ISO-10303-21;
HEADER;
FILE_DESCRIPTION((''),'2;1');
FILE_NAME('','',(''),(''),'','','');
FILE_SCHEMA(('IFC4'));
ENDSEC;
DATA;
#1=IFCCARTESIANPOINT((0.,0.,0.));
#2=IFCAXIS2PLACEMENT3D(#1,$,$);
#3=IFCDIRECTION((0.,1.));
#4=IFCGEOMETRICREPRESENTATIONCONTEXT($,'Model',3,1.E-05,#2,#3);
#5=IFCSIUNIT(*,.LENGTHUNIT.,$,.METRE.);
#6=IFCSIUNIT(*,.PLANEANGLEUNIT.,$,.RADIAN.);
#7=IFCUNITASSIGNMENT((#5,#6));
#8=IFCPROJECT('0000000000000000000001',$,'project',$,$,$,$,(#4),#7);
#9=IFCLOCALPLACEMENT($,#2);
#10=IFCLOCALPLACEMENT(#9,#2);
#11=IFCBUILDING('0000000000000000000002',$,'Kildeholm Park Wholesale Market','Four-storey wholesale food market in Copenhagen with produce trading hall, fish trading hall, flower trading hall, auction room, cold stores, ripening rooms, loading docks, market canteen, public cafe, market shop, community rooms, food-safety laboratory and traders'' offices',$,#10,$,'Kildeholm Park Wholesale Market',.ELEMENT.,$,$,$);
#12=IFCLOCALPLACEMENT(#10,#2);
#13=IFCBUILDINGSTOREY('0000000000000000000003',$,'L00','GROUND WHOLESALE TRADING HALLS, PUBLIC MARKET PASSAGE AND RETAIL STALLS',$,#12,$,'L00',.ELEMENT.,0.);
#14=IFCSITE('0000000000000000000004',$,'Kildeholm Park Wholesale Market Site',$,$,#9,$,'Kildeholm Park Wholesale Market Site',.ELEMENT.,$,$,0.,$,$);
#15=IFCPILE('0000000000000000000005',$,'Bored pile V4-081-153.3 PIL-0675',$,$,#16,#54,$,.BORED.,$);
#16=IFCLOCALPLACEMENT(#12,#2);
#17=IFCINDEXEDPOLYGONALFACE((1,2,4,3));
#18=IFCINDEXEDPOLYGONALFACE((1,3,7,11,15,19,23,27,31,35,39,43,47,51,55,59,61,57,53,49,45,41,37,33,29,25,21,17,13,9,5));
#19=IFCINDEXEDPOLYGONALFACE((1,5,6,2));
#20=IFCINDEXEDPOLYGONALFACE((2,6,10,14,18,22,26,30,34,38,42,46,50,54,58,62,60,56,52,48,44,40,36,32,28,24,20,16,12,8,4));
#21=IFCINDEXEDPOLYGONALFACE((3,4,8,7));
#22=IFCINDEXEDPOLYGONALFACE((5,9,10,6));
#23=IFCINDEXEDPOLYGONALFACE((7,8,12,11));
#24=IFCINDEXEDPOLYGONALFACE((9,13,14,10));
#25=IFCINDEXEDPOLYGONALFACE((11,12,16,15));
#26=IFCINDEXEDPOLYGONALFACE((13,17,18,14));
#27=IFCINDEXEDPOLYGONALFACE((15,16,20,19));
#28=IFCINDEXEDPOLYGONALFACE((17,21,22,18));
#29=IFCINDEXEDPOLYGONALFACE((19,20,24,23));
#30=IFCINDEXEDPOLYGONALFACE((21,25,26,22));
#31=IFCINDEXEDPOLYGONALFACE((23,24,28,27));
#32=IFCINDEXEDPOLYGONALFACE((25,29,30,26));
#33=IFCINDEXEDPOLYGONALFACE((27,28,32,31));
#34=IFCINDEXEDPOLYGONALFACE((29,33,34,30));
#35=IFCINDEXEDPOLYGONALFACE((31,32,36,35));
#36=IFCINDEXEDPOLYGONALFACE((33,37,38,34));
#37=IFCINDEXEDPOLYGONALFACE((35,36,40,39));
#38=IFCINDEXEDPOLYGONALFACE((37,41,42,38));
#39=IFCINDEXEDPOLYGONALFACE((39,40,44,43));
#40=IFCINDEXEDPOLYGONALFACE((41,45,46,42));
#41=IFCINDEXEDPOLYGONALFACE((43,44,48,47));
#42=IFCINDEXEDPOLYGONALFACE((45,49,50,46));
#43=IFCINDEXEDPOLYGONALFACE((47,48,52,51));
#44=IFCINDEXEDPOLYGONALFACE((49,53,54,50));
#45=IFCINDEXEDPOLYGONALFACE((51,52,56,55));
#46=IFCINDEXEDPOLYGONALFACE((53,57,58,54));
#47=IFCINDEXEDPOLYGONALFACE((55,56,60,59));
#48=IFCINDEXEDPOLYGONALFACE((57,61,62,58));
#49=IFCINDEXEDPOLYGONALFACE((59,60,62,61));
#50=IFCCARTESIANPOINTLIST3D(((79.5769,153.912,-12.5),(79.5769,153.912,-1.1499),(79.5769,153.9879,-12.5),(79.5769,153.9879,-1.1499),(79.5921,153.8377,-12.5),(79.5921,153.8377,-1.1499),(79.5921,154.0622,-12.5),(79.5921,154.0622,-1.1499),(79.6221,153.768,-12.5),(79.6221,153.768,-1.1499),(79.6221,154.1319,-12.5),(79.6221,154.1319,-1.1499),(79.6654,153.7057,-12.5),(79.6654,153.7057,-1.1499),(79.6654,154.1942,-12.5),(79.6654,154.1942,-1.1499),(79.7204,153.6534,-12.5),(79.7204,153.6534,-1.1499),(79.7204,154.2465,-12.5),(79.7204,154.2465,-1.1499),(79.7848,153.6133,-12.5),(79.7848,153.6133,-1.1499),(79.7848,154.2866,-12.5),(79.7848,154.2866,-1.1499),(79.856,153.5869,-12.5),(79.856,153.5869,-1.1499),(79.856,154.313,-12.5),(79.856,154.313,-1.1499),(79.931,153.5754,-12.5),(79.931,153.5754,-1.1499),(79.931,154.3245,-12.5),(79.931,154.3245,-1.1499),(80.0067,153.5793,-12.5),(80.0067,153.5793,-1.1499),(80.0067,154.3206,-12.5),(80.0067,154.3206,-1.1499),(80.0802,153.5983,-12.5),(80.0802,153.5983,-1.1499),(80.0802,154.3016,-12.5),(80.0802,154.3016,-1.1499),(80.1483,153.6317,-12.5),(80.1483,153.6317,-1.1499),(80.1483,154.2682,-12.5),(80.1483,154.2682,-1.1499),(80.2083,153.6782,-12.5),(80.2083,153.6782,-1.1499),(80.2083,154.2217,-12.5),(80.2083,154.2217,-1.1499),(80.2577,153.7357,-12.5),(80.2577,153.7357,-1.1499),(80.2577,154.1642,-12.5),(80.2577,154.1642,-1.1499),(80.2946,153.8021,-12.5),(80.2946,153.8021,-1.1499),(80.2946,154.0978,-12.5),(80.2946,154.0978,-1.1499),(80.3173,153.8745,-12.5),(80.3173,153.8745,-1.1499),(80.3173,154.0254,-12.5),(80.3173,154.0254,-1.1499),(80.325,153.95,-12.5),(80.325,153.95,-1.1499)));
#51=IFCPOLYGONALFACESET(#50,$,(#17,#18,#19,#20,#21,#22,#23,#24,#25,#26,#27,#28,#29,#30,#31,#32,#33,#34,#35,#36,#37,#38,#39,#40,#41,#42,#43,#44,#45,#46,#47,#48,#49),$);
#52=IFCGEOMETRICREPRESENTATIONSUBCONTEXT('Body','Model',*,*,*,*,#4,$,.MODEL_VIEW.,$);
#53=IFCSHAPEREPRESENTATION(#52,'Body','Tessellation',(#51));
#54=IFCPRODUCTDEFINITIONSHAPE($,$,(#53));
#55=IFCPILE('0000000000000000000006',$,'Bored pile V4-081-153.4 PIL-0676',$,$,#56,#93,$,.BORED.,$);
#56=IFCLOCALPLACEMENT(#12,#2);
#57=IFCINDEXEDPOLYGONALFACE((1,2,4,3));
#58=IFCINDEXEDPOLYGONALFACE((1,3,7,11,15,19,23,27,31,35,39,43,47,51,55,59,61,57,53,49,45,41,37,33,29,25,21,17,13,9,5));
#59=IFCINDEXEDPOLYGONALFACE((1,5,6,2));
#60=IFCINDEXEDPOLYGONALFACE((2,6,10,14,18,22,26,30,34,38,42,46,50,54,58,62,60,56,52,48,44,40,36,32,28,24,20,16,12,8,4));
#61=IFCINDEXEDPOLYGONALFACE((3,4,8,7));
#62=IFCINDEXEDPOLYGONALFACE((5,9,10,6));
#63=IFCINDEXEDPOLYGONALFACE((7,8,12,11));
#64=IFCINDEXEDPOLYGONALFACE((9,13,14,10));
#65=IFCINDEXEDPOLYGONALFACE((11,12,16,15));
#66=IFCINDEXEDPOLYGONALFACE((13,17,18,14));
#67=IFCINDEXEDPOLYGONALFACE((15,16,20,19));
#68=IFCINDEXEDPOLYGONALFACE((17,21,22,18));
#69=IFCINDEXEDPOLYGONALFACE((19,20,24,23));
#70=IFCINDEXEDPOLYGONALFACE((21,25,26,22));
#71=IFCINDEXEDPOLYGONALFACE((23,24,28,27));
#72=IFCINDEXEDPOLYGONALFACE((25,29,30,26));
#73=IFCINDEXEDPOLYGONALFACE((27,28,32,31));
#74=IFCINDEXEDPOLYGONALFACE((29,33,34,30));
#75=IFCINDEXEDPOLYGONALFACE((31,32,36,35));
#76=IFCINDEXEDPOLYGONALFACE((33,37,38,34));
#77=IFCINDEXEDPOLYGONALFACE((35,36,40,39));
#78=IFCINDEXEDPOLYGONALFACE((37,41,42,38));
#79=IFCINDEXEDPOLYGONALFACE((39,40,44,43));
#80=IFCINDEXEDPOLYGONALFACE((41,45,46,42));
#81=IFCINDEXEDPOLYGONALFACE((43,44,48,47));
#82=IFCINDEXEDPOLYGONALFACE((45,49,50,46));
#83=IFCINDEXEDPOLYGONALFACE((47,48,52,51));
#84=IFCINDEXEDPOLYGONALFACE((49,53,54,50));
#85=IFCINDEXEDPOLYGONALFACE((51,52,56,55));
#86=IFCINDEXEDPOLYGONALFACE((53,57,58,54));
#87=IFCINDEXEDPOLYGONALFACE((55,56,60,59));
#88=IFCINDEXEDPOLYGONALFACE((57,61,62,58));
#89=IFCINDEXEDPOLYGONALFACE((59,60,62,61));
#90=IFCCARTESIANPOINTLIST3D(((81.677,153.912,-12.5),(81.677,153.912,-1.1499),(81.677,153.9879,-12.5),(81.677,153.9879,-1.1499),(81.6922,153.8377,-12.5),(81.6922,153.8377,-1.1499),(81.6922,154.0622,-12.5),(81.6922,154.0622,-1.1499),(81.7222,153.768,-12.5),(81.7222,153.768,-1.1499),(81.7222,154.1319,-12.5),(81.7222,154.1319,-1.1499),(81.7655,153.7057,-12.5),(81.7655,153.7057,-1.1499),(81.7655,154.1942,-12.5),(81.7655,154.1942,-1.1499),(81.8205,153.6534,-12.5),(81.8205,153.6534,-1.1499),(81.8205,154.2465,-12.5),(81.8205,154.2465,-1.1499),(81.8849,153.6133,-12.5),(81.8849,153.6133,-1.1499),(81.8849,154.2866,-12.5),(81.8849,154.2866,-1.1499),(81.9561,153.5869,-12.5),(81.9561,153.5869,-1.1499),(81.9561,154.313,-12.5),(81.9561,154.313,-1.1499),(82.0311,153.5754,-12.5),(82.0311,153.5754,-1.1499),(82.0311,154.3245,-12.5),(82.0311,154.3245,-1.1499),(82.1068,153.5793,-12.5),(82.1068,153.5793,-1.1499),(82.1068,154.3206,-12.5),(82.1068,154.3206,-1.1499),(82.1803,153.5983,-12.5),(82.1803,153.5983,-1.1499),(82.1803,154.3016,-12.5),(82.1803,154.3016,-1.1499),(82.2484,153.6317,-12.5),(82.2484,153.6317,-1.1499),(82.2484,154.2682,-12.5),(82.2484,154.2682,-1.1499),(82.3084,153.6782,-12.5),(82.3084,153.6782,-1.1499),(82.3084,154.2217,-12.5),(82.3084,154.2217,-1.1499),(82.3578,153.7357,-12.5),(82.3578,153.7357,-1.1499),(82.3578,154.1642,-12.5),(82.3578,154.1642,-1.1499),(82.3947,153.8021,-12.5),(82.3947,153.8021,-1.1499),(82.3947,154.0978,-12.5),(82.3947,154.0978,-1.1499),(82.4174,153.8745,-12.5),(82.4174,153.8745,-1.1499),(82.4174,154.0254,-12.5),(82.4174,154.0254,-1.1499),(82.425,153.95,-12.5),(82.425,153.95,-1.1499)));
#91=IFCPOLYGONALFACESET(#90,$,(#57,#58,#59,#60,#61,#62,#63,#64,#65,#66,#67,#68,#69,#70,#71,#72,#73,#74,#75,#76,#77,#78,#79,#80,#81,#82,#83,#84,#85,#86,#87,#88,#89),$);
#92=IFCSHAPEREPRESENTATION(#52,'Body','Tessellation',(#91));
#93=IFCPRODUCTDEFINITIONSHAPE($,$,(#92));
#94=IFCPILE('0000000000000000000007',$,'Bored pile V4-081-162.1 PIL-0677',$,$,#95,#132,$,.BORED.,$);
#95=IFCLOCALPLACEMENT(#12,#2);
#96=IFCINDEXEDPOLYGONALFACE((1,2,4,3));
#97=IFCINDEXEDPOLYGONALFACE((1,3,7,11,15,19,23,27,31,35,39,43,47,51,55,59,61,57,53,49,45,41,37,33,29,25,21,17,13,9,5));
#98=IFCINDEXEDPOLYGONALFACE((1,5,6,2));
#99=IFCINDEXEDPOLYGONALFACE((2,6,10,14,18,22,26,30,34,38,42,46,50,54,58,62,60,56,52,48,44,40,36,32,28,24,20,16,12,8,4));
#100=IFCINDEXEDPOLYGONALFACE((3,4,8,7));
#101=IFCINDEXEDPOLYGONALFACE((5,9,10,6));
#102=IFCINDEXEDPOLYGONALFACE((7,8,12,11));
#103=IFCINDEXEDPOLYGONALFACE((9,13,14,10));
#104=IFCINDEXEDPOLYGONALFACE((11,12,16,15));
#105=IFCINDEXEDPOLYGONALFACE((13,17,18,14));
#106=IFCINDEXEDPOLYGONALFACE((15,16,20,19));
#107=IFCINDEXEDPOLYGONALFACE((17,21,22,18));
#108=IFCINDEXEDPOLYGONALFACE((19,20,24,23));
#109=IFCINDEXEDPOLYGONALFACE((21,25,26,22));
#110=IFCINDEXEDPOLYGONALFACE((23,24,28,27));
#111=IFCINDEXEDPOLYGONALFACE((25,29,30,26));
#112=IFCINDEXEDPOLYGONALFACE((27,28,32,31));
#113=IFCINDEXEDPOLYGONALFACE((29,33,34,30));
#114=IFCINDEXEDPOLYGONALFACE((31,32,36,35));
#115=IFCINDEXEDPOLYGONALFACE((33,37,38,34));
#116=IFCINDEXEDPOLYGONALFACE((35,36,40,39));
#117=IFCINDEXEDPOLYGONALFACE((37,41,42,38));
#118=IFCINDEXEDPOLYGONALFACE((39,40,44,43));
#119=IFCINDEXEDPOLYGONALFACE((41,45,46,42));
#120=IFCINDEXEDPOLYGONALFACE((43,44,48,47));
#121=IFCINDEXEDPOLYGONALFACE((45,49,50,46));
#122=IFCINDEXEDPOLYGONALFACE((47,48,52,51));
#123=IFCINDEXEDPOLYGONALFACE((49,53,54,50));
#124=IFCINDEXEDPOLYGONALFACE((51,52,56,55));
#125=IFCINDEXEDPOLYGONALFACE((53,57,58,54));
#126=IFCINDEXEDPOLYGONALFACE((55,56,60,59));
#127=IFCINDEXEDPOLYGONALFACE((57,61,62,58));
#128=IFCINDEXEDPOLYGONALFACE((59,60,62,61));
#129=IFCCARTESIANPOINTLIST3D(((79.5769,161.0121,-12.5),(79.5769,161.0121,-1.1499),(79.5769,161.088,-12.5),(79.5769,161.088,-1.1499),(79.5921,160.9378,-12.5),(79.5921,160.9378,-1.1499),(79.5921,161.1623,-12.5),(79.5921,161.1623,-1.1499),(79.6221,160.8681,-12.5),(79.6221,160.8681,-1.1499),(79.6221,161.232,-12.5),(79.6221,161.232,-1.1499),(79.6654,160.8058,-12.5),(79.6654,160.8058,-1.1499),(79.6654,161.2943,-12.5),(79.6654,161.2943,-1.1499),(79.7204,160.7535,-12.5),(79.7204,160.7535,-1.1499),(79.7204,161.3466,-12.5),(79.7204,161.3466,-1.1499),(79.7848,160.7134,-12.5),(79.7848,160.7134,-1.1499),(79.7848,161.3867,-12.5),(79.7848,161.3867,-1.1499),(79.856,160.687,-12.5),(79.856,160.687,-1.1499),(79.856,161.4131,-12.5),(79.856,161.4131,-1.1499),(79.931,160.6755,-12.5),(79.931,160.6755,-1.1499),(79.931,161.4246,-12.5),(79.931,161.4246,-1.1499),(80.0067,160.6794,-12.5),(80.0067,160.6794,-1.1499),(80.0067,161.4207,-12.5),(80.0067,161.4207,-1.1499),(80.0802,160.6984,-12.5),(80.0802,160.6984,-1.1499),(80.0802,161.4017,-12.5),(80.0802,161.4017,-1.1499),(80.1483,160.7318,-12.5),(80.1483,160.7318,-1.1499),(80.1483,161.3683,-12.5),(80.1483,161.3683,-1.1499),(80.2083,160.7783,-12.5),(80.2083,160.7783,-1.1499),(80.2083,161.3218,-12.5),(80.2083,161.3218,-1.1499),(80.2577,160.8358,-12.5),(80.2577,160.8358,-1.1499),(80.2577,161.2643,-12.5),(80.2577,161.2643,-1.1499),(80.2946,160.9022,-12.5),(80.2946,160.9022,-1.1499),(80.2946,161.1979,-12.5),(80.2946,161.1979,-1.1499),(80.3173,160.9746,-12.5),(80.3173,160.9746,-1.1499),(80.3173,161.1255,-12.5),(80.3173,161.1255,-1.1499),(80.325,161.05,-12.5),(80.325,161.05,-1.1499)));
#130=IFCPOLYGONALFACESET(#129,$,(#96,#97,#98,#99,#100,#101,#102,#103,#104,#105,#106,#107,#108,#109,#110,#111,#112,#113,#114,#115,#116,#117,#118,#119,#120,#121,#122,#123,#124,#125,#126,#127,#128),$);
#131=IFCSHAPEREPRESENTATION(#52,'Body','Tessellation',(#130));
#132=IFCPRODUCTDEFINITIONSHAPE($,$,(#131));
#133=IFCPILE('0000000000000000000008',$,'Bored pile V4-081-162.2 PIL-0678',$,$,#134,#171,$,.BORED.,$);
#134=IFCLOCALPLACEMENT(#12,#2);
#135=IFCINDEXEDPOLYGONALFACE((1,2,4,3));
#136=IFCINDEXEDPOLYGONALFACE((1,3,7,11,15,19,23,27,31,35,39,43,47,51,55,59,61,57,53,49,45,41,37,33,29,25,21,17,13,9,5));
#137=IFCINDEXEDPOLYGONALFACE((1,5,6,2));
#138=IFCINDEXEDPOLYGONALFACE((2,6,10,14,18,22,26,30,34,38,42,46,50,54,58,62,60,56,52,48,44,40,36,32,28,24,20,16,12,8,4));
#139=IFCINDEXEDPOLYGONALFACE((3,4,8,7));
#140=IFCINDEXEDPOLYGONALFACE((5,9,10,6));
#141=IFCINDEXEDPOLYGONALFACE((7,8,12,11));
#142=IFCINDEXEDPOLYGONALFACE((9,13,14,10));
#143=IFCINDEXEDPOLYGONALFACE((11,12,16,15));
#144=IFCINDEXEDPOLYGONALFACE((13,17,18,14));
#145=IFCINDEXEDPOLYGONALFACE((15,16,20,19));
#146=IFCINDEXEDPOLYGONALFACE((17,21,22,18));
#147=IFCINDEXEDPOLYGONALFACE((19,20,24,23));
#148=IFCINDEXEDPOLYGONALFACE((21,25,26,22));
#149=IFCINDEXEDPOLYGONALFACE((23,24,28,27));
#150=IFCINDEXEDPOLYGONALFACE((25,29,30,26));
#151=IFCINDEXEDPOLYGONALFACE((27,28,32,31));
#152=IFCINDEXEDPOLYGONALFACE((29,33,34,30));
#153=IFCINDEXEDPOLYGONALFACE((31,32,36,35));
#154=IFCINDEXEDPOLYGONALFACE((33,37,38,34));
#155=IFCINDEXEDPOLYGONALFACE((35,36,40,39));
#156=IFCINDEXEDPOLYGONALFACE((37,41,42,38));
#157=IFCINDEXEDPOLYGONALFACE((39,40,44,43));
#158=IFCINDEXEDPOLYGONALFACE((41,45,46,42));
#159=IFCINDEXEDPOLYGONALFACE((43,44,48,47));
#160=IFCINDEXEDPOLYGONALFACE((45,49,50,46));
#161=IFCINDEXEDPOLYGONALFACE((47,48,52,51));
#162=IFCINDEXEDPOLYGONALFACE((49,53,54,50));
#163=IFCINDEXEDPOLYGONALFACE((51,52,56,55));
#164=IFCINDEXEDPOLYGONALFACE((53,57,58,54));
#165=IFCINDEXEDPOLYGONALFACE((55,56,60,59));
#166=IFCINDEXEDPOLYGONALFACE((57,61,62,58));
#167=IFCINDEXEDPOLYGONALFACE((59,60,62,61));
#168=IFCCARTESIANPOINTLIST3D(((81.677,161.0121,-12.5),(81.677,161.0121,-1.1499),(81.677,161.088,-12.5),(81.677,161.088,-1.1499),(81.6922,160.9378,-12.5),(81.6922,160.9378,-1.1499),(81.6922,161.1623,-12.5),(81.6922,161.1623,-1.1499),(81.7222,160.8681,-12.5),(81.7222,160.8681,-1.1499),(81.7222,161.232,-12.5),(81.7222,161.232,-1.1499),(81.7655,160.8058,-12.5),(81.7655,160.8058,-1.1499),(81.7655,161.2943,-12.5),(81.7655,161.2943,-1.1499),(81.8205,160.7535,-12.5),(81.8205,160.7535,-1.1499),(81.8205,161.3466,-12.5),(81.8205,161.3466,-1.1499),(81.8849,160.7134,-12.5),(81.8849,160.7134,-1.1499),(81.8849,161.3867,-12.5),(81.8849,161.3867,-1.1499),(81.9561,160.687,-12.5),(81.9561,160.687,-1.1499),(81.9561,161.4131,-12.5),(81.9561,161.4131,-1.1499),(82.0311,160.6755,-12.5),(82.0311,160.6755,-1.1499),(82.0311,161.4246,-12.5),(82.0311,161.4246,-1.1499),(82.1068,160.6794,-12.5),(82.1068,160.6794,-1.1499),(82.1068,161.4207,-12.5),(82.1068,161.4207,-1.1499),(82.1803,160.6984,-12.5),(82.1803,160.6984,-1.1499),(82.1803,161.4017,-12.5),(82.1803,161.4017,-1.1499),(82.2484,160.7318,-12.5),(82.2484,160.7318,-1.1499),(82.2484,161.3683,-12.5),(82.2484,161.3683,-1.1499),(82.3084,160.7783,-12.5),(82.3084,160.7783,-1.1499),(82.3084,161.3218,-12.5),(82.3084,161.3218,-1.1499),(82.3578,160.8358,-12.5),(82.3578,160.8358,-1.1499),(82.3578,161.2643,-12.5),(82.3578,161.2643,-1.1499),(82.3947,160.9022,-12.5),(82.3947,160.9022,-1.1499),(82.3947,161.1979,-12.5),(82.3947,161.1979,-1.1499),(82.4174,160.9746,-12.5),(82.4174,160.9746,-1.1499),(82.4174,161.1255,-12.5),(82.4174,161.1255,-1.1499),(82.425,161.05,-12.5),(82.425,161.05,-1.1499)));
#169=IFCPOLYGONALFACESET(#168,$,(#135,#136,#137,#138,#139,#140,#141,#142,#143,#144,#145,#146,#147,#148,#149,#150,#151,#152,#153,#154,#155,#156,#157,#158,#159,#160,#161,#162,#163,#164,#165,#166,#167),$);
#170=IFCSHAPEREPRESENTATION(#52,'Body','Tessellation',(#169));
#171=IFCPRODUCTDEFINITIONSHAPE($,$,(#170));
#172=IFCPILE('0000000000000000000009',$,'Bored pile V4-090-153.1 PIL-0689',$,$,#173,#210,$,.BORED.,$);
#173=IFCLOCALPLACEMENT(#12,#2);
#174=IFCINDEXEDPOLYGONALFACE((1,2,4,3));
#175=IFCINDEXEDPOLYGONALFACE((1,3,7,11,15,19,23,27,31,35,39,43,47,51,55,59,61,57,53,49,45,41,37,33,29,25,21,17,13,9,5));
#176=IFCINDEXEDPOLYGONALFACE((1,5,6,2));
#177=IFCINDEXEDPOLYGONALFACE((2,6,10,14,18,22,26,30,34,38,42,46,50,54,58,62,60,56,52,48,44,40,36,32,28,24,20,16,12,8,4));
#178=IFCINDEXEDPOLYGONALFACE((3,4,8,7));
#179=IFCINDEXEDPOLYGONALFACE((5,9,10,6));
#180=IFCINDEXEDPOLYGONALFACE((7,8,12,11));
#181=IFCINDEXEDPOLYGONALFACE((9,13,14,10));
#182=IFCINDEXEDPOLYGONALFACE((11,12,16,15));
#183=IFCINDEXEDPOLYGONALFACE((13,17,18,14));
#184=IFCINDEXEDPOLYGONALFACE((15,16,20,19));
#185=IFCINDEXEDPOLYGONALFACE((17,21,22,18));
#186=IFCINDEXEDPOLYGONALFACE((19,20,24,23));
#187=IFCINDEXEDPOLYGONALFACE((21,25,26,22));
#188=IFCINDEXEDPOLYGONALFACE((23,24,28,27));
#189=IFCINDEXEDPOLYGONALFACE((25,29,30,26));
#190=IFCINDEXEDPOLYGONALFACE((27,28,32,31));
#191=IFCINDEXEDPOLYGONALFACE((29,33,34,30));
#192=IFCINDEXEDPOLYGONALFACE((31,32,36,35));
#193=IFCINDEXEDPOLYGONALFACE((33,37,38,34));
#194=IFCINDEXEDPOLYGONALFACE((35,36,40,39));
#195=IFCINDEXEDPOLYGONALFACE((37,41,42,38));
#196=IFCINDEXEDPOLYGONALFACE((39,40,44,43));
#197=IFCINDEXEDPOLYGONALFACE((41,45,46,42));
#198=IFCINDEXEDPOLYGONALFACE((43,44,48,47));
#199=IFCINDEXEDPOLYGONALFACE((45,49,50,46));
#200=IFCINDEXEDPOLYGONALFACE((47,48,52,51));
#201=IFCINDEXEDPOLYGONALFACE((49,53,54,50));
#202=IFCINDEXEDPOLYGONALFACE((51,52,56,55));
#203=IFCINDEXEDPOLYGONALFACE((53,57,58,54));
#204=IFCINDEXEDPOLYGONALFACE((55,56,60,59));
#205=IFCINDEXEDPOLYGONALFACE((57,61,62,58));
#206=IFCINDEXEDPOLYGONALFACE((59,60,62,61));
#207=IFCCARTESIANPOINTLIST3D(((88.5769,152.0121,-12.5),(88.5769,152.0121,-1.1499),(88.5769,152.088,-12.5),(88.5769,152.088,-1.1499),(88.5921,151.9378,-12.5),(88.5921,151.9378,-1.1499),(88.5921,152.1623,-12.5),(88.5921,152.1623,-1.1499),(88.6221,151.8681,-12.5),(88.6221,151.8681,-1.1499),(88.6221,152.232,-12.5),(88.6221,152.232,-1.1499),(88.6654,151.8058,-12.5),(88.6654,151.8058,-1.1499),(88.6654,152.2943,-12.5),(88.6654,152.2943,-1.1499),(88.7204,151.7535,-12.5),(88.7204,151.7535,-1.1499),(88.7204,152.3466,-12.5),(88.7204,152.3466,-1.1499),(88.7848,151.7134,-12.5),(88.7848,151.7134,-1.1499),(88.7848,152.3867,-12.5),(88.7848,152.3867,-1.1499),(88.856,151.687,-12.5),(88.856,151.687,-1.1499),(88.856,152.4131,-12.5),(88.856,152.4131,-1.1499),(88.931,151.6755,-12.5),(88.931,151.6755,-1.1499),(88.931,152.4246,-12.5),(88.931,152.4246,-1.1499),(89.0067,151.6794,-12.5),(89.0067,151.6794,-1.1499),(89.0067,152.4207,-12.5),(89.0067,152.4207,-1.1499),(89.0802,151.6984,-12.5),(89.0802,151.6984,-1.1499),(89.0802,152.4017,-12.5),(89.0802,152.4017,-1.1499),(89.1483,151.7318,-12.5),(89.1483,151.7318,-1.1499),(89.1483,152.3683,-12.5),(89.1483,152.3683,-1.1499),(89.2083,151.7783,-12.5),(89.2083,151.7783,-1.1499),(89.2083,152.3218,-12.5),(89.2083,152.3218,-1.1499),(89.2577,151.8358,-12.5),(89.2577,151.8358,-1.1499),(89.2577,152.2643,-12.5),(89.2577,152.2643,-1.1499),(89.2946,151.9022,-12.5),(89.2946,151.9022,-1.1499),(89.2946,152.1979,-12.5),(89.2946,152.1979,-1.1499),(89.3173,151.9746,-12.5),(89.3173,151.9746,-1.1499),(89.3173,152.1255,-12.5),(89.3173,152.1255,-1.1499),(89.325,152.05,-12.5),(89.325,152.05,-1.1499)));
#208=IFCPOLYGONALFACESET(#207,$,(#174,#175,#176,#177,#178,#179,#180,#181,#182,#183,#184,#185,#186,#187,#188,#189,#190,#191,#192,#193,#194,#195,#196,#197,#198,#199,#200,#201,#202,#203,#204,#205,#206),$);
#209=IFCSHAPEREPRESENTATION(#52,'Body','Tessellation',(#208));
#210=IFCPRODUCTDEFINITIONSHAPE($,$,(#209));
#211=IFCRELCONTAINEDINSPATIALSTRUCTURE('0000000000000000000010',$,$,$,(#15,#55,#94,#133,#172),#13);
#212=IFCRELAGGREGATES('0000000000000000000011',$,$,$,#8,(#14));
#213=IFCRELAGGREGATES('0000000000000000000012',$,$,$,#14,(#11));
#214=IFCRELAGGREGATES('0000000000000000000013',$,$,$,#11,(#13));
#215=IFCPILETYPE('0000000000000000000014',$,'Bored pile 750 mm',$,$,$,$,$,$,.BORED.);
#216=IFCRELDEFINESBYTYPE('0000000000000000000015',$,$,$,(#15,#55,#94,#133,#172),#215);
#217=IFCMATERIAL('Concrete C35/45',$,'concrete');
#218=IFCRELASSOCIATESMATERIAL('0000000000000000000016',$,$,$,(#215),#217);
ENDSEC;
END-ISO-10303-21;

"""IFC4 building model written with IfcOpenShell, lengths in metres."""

from ifc_helpers import new_model, si_unit, direction, frame, origin, origin_2d, place, context, subcontext, project, spatial, circle, extrude, material, material_profile, profile_set, type_object, element, save


model = new_model("IFC4")

# Units and contexts
model_context = context("Model", 3, precision=1e-05, world=origin(), true_north=direction((0.0, 1.0)))
body_context = subcontext(model_context, "Body", "Model", "MODEL_VIEW")
ifc_project = project(units=[si_unit("LENGTHUNIT", "METRE"), si_unit("PLANEANGLEUNIT", "RADIAN")], contexts=[model_context])

# Site, building, storey
site_placement = place(None, origin())
site = spatial("IfcSite", under=ifc_project, at=site_placement, Name="Kildeholm Park Wholesale Market Site", LongName="Kildeholm Park Wholesale Market Site", CompositionType="ELEMENT", RefElevation=0.0)
building_placement = place(site_placement, origin())
building = spatial("IfcBuilding", under=site, at=building_placement, Name="Kildeholm Park Wholesale Market", Description="Four-storey wholesale food market in Copenhagen with produce trading hall, fish trading hall, flower trading hall, auction room, cold stores, ripening rooms, loading docks, market canteen, public cafe, market shop, community rooms, food-safety laboratory and traders' offices", LongName="Kildeholm Park Wholesale Market", CompositionType="ELEMENT")
storey_placement = place(building_placement, origin())
storey = spatial("IfcBuildingStorey", under=building, at=storey_placement, Name="L00", Description="GROUND WHOLESALE TRADING HALLS, PUBLIC MARKET PASSAGE AND RETAIL STALLS", LongName="L00", CompositionType="ELEMENT", Elevation=0.0)

# Piles
ifc_material_1 = material(Name="Concrete C35/45", Category="concrete")
ifc_material_profile_1 = material_profile(ifc_material_1, circle(Radius=0.375, at=origin_2d()), Name="PILE D750")
ifc_profile_set_1 = profile_set([ifc_material_profile_1], Name="Concrete C35/45")
pile_type = type_object("IfcPileType", Name="Bored pile 750 mm", PredefinedType="BORED", material=ifc_profile_set_1)
for number, where, z_axis, x_axis, name in (
    (1, (79.95, 153.95, -1.1499), (0.0, 0.0, -1.0), (1.0, 0.0, 0.0), "Bored pile V4-081-153.3 PIL-0675"),
    (2, (82.05, 153.95, -1.1499), (0.0, 0.0, -1.0), (1.0, 0.0, 0.0), "Bored pile V4-081-153.4 PIL-0676"),
    (3, (79.95, 161.05, -1.1499), (0.0, 0.0, -1.0), (1.0, 0.0, 0.0), "Bored pile V4-081-162.1 PIL-0677"),
    (4, (82.05, 161.05, -1.1499), (0.0, 0.0, -1.0), (1.0, 0.0, 0.0), "Bored pile V4-081-162.2 PIL-0678"),
    (5, (88.95, 152.05, -1.1499), (0.0, 0.0, -1.0), (1.0, 0.0, 0.0), "Bored pile V4-090-153.1 PIL-0689"),
):
    element("IfcPile", number, at=place(storey_placement, frame(where, z_axis=z_axis, x_axis=x_axis)), inside=storey, type_object=pile_type, Name=name, PredefinedType="BORED", context=body_context, shape_type="SweptSolid", body=[
        extrude(circle(Radius=0.375, at=origin_2d()), origin(), (0.0, 0.0, 1.0), 11.3501),
    ])

save(model, "model.ifc")
